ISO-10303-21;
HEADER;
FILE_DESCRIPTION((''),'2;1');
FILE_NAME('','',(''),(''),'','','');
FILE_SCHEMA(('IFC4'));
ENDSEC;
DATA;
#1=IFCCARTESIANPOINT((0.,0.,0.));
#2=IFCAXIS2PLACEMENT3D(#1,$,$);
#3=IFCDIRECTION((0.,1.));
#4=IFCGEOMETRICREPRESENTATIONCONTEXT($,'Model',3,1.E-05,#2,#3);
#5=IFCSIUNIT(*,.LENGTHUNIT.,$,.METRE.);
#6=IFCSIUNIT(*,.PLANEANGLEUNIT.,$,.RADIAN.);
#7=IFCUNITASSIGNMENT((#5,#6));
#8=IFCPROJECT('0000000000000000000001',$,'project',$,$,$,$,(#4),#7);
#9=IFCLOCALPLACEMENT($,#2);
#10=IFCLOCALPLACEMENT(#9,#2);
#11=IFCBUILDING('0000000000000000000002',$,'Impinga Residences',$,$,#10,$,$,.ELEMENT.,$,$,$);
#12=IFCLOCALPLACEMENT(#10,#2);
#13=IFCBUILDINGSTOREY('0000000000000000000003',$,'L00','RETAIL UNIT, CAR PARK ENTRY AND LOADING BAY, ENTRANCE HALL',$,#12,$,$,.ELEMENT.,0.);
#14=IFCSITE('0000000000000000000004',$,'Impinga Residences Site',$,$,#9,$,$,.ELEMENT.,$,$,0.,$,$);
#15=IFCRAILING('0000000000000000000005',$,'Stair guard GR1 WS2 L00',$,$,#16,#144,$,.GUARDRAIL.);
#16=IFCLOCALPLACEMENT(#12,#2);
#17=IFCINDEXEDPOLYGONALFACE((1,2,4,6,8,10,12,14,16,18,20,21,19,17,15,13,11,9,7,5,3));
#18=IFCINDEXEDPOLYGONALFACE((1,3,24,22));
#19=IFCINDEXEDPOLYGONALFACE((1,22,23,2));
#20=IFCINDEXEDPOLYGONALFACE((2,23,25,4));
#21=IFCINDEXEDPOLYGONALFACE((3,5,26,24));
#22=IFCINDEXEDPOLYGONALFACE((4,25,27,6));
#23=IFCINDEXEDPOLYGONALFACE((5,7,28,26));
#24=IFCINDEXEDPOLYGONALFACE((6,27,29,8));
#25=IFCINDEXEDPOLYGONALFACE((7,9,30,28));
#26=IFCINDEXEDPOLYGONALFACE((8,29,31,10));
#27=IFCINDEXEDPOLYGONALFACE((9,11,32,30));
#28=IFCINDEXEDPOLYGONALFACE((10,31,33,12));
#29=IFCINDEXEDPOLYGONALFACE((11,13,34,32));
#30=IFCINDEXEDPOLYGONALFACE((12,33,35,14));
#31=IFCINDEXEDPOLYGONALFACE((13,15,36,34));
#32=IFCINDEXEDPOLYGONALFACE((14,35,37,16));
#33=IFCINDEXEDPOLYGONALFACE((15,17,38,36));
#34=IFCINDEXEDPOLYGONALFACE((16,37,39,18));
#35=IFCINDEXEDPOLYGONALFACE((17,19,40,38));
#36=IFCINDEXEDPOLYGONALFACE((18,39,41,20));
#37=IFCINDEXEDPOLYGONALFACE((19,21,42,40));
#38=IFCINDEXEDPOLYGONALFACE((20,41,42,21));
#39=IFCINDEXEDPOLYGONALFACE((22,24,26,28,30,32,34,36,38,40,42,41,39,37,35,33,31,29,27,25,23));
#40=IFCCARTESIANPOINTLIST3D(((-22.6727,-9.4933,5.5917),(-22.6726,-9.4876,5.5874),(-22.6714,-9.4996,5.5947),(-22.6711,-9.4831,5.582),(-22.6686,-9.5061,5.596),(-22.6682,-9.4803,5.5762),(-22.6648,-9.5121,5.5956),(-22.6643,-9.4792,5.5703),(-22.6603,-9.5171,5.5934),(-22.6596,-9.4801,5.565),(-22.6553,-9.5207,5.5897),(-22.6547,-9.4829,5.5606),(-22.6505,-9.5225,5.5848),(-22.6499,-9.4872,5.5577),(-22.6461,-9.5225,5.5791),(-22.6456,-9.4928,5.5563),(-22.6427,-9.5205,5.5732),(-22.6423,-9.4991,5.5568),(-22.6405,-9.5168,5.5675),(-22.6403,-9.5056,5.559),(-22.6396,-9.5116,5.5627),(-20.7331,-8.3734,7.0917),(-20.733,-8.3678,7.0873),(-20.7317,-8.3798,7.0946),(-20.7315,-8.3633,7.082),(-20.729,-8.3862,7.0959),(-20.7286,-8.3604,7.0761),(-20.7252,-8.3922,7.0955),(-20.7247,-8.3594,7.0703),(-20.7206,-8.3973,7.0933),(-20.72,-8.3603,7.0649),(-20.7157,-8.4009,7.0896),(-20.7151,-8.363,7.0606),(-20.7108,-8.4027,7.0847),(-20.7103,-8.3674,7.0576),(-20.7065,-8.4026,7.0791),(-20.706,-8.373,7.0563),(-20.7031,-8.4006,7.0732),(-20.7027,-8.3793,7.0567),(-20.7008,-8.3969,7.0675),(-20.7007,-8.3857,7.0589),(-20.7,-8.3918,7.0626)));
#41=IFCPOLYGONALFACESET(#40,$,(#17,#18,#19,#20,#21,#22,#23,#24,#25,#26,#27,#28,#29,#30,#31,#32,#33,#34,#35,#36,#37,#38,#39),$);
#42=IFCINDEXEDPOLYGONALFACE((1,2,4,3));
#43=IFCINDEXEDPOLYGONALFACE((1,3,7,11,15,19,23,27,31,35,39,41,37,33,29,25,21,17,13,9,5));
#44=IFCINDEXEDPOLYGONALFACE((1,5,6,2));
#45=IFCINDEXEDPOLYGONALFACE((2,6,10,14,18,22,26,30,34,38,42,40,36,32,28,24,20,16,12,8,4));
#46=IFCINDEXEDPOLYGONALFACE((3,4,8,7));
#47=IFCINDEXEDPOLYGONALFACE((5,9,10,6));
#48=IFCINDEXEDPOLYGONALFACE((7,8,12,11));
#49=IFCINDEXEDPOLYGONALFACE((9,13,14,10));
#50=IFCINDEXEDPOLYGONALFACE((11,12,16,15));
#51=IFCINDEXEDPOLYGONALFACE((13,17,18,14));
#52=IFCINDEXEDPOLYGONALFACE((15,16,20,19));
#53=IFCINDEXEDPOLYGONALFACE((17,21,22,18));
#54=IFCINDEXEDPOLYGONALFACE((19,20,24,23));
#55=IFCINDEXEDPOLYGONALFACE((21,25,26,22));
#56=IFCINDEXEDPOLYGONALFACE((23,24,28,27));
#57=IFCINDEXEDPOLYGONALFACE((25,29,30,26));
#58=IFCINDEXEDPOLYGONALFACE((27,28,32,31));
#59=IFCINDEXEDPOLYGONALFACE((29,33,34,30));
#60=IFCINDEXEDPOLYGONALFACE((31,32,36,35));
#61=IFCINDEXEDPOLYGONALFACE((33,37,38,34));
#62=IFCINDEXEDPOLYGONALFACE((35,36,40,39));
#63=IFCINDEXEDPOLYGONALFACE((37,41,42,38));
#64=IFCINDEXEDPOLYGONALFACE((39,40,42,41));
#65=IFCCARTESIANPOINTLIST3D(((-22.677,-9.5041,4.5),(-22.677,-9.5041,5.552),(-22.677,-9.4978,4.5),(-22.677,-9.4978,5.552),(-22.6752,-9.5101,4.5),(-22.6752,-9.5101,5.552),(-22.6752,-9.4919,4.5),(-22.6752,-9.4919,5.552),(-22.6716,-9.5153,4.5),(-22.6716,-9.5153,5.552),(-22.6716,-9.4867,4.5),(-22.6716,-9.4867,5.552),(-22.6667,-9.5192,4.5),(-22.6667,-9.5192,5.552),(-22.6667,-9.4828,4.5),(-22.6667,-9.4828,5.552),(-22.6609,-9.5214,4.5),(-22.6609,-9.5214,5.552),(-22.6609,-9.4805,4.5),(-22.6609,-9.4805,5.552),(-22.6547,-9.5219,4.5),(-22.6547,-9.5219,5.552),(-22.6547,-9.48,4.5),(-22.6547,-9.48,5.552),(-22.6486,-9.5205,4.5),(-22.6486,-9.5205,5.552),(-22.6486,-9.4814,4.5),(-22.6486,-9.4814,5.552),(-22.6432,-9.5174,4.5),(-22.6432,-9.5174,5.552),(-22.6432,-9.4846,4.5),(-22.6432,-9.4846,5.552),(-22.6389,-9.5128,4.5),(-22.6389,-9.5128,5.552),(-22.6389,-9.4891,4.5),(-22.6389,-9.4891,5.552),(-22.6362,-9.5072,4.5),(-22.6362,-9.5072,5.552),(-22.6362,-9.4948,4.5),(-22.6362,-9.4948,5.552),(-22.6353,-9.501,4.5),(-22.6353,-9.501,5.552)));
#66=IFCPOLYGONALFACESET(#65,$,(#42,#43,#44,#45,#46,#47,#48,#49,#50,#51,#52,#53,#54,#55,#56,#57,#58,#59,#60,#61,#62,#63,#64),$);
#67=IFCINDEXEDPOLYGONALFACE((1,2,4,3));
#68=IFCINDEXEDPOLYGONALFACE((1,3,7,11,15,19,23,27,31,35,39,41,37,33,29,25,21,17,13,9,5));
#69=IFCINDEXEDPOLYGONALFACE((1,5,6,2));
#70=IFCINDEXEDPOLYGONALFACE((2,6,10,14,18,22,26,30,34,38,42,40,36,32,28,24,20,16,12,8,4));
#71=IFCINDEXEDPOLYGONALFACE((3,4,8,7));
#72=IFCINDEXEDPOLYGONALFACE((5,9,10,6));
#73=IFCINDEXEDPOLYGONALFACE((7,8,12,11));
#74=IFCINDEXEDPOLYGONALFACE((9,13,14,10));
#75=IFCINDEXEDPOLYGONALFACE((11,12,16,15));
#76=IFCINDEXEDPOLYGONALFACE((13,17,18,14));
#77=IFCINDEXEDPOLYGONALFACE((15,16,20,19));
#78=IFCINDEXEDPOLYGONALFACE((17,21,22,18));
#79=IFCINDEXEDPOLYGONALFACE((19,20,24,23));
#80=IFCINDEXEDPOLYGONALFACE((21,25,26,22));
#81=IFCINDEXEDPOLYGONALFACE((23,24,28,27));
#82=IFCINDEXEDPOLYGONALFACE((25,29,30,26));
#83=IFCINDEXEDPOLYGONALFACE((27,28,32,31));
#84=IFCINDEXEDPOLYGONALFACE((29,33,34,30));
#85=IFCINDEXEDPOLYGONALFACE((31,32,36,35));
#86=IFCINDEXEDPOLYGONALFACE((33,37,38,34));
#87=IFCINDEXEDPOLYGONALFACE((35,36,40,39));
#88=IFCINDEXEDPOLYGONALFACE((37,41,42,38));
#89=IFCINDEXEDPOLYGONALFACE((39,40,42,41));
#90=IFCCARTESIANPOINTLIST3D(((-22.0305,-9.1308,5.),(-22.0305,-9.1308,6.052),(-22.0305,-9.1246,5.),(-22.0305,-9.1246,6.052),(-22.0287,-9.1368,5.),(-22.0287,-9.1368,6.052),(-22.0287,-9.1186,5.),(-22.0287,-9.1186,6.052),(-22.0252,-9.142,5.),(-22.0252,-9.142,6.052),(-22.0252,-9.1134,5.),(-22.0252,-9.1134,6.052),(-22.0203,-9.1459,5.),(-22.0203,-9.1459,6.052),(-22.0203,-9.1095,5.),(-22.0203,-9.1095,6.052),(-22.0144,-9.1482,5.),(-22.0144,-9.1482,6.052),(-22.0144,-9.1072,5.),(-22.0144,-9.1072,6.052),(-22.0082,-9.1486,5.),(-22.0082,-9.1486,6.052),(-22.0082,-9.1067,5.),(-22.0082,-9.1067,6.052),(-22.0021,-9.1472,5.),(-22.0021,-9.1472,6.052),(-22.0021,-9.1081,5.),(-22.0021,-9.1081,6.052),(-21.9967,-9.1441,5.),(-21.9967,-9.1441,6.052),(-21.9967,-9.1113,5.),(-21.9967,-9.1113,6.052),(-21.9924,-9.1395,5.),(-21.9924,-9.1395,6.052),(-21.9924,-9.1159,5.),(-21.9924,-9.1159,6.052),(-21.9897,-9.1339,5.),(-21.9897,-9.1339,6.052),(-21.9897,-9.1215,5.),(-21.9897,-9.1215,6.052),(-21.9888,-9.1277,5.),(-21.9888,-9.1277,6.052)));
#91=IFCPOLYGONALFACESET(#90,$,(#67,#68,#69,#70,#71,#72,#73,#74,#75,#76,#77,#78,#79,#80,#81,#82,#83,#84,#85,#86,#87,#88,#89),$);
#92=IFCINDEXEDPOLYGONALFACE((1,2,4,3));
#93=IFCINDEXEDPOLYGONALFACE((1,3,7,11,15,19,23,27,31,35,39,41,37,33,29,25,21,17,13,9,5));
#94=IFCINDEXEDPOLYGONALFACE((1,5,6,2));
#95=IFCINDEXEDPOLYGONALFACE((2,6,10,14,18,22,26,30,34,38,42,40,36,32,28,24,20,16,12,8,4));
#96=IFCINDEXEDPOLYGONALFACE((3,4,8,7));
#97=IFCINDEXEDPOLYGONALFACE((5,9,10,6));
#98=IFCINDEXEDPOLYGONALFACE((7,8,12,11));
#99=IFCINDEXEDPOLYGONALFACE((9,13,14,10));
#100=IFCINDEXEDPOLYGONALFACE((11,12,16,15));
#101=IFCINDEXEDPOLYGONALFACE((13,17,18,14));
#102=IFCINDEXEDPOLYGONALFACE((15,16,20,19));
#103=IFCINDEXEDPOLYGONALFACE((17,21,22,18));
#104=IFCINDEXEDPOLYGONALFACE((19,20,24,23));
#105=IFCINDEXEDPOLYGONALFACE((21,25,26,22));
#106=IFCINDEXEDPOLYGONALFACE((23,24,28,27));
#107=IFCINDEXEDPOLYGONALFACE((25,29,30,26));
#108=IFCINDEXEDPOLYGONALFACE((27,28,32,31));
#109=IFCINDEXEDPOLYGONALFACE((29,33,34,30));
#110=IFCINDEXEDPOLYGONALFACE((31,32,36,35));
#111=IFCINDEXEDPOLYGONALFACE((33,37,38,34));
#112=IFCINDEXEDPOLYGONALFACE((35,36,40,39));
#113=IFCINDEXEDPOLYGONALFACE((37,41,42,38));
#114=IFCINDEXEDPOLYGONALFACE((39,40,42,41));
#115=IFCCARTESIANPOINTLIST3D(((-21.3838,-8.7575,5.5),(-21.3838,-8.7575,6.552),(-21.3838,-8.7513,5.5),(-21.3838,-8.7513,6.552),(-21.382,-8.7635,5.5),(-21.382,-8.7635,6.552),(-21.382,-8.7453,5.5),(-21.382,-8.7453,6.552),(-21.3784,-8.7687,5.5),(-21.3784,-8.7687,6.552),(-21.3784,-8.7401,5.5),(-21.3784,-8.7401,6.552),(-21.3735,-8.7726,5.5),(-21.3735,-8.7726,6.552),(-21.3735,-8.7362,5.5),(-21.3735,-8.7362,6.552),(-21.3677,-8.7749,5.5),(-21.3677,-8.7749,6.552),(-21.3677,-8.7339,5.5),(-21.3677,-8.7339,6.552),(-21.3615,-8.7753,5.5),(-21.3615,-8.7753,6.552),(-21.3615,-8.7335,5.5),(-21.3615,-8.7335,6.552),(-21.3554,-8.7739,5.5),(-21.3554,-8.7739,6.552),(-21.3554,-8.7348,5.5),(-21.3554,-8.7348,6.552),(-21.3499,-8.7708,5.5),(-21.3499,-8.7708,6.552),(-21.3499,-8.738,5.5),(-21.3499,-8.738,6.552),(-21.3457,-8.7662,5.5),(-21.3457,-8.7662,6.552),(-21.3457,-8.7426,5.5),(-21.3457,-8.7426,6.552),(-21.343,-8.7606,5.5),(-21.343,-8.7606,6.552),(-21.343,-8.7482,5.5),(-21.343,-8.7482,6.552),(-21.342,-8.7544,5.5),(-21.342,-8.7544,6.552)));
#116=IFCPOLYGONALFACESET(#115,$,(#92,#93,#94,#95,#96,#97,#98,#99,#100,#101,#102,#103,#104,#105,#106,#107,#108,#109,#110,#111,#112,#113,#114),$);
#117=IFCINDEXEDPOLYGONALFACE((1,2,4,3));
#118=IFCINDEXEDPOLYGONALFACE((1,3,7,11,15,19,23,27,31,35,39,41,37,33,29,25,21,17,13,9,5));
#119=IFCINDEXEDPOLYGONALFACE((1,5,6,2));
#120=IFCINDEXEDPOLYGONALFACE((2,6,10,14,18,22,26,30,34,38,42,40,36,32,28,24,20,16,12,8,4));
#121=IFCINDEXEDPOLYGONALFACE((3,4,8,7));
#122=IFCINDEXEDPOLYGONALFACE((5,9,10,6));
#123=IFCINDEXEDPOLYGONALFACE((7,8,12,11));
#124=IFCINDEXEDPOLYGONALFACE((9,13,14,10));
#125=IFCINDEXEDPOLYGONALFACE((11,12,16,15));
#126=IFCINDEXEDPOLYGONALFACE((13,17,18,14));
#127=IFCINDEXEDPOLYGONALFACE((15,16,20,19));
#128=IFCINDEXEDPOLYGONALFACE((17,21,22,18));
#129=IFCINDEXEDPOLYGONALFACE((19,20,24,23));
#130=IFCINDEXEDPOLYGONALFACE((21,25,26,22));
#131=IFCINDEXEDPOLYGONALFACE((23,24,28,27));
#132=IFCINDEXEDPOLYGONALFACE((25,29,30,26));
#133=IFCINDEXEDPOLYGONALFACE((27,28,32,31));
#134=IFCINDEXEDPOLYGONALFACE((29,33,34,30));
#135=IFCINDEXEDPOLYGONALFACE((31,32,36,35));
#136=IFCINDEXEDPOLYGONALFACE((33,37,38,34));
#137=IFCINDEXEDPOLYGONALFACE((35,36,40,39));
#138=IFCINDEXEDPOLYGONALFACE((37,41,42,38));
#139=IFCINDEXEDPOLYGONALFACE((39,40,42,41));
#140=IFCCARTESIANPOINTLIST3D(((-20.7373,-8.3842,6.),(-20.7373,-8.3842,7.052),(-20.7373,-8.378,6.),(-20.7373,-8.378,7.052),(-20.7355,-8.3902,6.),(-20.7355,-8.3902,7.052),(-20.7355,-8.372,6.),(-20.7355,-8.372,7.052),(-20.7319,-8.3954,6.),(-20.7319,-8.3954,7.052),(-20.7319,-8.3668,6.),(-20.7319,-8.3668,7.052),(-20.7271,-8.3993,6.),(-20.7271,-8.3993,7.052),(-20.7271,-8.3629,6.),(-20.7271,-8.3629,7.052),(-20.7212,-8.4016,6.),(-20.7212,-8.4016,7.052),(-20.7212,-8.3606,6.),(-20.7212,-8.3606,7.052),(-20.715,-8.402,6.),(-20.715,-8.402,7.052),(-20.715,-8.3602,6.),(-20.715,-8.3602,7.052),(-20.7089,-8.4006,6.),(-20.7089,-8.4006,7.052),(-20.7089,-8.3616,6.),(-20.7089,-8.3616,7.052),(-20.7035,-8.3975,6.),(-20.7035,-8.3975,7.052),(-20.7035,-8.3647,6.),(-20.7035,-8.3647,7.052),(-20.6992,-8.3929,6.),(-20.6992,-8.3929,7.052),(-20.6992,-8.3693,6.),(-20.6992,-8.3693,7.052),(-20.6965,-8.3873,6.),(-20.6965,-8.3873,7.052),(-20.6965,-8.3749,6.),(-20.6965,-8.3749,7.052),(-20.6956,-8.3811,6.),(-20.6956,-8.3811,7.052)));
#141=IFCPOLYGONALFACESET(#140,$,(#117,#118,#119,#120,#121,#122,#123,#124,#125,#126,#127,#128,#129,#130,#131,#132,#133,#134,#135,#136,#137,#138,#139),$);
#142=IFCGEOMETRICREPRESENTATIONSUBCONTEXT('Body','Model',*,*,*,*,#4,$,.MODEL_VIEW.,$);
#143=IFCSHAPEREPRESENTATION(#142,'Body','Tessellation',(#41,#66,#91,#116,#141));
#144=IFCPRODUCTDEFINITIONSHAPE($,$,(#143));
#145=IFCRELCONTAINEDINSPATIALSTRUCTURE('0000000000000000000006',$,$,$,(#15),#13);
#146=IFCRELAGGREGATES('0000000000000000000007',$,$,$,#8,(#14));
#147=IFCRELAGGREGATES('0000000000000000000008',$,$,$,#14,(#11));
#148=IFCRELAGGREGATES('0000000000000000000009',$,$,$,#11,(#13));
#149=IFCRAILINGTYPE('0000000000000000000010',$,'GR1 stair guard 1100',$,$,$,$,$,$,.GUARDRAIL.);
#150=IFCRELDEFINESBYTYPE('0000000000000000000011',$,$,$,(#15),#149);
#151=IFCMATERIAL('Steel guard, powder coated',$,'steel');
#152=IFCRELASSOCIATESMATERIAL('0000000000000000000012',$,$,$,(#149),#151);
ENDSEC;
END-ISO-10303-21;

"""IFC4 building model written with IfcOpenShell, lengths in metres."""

from ifc_helpers import new_model, si_unit, direction, frame, origin, origin_2d, place, context, subcontext, project, spatial, circle, extrude, material, type_object, element, save


model = new_model("IFC4")

# Units and contexts
model_context = context("Model", 3, precision=1e-05, world=origin(), true_north=direction((0.0, 1.0)))
body_context = subcontext(model_context, "Body", "Model", "MODEL_VIEW")
ifc_project = project(units=[si_unit("LENGTHUNIT", "METRE"), si_unit("PLANEANGLEUNIT", "RADIAN")], contexts=[model_context])

# Site, building, storey
site_placement = place(None, origin())
site = spatial("IfcSite", under=ifc_project, at=site_placement, Name="Impinga Residences Site", CompositionType="ELEMENT", RefElevation=0.0)
building_placement = place(site_placement, origin())
building = spatial("IfcBuilding", under=site, at=building_placement, Name="Impinga Residences", CompositionType="ELEMENT")
storey_placement = place(building_placement, origin())
storey = spatial("IfcBuildingStorey", under=building, at=storey_placement, Name="L00", Description="RETAIL UNIT, CAR PARK ENTRY AND LOADING BAY, ENTRANCE HALL", CompositionType="ELEMENT", Elevation=0.0)

# Railing
ifc_material_1 = material(Name="Steel guard, powder coated", Category="steel")
railing_type_1 = type_object("IfcRailingType", Name="GR1 stair guard 1100", PredefinedType="GUARDRAIL", material=ifc_material_1)
for number, where, name in (
    (1, (-22.6562, -9.501, 4.5), "Stair guard GR1 WS2 L00"),
):
    element("IfcRailing", number, at=place(storey_placement, frame(where)), inside=storey, type_object=railing_type_1, Name=name, PredefinedType="GUARDRAIL", context=body_context, shape_type="SweptSolid", body=[
        extrude(circle(Radius=0.0239, at=origin_2d()), frame((0.0, 0.0, 1.0762), z_axis=(0.719565, 0.415437, 0.556452), x_axis=(-0.499996, 0.866028, 0.0)), (0.0, 0.0, 1.0), 2.6956),
        extrude(circle(Radius=0.021, at=origin_2d()), origin(), (0.0, 0.0, 1.0), 1.052),
        extrude(circle(Radius=0.021, at=origin_2d()), frame((0.6465, 0.3733, 0.5)), (0.0, 0.0, 1.0), 1.052),
        extrude(circle(Radius=0.021, at=origin_2d()), frame((1.2932, 0.7466, 1.0)), (0.0, 0.0, 1.0), 1.052),
        extrude(circle(Radius=0.021, at=origin_2d()), frame((1.9397, 1.1199, 1.5)), (0.0, 0.0, 1.0), 1.052),
    ])

save(model, "model.ifc")
